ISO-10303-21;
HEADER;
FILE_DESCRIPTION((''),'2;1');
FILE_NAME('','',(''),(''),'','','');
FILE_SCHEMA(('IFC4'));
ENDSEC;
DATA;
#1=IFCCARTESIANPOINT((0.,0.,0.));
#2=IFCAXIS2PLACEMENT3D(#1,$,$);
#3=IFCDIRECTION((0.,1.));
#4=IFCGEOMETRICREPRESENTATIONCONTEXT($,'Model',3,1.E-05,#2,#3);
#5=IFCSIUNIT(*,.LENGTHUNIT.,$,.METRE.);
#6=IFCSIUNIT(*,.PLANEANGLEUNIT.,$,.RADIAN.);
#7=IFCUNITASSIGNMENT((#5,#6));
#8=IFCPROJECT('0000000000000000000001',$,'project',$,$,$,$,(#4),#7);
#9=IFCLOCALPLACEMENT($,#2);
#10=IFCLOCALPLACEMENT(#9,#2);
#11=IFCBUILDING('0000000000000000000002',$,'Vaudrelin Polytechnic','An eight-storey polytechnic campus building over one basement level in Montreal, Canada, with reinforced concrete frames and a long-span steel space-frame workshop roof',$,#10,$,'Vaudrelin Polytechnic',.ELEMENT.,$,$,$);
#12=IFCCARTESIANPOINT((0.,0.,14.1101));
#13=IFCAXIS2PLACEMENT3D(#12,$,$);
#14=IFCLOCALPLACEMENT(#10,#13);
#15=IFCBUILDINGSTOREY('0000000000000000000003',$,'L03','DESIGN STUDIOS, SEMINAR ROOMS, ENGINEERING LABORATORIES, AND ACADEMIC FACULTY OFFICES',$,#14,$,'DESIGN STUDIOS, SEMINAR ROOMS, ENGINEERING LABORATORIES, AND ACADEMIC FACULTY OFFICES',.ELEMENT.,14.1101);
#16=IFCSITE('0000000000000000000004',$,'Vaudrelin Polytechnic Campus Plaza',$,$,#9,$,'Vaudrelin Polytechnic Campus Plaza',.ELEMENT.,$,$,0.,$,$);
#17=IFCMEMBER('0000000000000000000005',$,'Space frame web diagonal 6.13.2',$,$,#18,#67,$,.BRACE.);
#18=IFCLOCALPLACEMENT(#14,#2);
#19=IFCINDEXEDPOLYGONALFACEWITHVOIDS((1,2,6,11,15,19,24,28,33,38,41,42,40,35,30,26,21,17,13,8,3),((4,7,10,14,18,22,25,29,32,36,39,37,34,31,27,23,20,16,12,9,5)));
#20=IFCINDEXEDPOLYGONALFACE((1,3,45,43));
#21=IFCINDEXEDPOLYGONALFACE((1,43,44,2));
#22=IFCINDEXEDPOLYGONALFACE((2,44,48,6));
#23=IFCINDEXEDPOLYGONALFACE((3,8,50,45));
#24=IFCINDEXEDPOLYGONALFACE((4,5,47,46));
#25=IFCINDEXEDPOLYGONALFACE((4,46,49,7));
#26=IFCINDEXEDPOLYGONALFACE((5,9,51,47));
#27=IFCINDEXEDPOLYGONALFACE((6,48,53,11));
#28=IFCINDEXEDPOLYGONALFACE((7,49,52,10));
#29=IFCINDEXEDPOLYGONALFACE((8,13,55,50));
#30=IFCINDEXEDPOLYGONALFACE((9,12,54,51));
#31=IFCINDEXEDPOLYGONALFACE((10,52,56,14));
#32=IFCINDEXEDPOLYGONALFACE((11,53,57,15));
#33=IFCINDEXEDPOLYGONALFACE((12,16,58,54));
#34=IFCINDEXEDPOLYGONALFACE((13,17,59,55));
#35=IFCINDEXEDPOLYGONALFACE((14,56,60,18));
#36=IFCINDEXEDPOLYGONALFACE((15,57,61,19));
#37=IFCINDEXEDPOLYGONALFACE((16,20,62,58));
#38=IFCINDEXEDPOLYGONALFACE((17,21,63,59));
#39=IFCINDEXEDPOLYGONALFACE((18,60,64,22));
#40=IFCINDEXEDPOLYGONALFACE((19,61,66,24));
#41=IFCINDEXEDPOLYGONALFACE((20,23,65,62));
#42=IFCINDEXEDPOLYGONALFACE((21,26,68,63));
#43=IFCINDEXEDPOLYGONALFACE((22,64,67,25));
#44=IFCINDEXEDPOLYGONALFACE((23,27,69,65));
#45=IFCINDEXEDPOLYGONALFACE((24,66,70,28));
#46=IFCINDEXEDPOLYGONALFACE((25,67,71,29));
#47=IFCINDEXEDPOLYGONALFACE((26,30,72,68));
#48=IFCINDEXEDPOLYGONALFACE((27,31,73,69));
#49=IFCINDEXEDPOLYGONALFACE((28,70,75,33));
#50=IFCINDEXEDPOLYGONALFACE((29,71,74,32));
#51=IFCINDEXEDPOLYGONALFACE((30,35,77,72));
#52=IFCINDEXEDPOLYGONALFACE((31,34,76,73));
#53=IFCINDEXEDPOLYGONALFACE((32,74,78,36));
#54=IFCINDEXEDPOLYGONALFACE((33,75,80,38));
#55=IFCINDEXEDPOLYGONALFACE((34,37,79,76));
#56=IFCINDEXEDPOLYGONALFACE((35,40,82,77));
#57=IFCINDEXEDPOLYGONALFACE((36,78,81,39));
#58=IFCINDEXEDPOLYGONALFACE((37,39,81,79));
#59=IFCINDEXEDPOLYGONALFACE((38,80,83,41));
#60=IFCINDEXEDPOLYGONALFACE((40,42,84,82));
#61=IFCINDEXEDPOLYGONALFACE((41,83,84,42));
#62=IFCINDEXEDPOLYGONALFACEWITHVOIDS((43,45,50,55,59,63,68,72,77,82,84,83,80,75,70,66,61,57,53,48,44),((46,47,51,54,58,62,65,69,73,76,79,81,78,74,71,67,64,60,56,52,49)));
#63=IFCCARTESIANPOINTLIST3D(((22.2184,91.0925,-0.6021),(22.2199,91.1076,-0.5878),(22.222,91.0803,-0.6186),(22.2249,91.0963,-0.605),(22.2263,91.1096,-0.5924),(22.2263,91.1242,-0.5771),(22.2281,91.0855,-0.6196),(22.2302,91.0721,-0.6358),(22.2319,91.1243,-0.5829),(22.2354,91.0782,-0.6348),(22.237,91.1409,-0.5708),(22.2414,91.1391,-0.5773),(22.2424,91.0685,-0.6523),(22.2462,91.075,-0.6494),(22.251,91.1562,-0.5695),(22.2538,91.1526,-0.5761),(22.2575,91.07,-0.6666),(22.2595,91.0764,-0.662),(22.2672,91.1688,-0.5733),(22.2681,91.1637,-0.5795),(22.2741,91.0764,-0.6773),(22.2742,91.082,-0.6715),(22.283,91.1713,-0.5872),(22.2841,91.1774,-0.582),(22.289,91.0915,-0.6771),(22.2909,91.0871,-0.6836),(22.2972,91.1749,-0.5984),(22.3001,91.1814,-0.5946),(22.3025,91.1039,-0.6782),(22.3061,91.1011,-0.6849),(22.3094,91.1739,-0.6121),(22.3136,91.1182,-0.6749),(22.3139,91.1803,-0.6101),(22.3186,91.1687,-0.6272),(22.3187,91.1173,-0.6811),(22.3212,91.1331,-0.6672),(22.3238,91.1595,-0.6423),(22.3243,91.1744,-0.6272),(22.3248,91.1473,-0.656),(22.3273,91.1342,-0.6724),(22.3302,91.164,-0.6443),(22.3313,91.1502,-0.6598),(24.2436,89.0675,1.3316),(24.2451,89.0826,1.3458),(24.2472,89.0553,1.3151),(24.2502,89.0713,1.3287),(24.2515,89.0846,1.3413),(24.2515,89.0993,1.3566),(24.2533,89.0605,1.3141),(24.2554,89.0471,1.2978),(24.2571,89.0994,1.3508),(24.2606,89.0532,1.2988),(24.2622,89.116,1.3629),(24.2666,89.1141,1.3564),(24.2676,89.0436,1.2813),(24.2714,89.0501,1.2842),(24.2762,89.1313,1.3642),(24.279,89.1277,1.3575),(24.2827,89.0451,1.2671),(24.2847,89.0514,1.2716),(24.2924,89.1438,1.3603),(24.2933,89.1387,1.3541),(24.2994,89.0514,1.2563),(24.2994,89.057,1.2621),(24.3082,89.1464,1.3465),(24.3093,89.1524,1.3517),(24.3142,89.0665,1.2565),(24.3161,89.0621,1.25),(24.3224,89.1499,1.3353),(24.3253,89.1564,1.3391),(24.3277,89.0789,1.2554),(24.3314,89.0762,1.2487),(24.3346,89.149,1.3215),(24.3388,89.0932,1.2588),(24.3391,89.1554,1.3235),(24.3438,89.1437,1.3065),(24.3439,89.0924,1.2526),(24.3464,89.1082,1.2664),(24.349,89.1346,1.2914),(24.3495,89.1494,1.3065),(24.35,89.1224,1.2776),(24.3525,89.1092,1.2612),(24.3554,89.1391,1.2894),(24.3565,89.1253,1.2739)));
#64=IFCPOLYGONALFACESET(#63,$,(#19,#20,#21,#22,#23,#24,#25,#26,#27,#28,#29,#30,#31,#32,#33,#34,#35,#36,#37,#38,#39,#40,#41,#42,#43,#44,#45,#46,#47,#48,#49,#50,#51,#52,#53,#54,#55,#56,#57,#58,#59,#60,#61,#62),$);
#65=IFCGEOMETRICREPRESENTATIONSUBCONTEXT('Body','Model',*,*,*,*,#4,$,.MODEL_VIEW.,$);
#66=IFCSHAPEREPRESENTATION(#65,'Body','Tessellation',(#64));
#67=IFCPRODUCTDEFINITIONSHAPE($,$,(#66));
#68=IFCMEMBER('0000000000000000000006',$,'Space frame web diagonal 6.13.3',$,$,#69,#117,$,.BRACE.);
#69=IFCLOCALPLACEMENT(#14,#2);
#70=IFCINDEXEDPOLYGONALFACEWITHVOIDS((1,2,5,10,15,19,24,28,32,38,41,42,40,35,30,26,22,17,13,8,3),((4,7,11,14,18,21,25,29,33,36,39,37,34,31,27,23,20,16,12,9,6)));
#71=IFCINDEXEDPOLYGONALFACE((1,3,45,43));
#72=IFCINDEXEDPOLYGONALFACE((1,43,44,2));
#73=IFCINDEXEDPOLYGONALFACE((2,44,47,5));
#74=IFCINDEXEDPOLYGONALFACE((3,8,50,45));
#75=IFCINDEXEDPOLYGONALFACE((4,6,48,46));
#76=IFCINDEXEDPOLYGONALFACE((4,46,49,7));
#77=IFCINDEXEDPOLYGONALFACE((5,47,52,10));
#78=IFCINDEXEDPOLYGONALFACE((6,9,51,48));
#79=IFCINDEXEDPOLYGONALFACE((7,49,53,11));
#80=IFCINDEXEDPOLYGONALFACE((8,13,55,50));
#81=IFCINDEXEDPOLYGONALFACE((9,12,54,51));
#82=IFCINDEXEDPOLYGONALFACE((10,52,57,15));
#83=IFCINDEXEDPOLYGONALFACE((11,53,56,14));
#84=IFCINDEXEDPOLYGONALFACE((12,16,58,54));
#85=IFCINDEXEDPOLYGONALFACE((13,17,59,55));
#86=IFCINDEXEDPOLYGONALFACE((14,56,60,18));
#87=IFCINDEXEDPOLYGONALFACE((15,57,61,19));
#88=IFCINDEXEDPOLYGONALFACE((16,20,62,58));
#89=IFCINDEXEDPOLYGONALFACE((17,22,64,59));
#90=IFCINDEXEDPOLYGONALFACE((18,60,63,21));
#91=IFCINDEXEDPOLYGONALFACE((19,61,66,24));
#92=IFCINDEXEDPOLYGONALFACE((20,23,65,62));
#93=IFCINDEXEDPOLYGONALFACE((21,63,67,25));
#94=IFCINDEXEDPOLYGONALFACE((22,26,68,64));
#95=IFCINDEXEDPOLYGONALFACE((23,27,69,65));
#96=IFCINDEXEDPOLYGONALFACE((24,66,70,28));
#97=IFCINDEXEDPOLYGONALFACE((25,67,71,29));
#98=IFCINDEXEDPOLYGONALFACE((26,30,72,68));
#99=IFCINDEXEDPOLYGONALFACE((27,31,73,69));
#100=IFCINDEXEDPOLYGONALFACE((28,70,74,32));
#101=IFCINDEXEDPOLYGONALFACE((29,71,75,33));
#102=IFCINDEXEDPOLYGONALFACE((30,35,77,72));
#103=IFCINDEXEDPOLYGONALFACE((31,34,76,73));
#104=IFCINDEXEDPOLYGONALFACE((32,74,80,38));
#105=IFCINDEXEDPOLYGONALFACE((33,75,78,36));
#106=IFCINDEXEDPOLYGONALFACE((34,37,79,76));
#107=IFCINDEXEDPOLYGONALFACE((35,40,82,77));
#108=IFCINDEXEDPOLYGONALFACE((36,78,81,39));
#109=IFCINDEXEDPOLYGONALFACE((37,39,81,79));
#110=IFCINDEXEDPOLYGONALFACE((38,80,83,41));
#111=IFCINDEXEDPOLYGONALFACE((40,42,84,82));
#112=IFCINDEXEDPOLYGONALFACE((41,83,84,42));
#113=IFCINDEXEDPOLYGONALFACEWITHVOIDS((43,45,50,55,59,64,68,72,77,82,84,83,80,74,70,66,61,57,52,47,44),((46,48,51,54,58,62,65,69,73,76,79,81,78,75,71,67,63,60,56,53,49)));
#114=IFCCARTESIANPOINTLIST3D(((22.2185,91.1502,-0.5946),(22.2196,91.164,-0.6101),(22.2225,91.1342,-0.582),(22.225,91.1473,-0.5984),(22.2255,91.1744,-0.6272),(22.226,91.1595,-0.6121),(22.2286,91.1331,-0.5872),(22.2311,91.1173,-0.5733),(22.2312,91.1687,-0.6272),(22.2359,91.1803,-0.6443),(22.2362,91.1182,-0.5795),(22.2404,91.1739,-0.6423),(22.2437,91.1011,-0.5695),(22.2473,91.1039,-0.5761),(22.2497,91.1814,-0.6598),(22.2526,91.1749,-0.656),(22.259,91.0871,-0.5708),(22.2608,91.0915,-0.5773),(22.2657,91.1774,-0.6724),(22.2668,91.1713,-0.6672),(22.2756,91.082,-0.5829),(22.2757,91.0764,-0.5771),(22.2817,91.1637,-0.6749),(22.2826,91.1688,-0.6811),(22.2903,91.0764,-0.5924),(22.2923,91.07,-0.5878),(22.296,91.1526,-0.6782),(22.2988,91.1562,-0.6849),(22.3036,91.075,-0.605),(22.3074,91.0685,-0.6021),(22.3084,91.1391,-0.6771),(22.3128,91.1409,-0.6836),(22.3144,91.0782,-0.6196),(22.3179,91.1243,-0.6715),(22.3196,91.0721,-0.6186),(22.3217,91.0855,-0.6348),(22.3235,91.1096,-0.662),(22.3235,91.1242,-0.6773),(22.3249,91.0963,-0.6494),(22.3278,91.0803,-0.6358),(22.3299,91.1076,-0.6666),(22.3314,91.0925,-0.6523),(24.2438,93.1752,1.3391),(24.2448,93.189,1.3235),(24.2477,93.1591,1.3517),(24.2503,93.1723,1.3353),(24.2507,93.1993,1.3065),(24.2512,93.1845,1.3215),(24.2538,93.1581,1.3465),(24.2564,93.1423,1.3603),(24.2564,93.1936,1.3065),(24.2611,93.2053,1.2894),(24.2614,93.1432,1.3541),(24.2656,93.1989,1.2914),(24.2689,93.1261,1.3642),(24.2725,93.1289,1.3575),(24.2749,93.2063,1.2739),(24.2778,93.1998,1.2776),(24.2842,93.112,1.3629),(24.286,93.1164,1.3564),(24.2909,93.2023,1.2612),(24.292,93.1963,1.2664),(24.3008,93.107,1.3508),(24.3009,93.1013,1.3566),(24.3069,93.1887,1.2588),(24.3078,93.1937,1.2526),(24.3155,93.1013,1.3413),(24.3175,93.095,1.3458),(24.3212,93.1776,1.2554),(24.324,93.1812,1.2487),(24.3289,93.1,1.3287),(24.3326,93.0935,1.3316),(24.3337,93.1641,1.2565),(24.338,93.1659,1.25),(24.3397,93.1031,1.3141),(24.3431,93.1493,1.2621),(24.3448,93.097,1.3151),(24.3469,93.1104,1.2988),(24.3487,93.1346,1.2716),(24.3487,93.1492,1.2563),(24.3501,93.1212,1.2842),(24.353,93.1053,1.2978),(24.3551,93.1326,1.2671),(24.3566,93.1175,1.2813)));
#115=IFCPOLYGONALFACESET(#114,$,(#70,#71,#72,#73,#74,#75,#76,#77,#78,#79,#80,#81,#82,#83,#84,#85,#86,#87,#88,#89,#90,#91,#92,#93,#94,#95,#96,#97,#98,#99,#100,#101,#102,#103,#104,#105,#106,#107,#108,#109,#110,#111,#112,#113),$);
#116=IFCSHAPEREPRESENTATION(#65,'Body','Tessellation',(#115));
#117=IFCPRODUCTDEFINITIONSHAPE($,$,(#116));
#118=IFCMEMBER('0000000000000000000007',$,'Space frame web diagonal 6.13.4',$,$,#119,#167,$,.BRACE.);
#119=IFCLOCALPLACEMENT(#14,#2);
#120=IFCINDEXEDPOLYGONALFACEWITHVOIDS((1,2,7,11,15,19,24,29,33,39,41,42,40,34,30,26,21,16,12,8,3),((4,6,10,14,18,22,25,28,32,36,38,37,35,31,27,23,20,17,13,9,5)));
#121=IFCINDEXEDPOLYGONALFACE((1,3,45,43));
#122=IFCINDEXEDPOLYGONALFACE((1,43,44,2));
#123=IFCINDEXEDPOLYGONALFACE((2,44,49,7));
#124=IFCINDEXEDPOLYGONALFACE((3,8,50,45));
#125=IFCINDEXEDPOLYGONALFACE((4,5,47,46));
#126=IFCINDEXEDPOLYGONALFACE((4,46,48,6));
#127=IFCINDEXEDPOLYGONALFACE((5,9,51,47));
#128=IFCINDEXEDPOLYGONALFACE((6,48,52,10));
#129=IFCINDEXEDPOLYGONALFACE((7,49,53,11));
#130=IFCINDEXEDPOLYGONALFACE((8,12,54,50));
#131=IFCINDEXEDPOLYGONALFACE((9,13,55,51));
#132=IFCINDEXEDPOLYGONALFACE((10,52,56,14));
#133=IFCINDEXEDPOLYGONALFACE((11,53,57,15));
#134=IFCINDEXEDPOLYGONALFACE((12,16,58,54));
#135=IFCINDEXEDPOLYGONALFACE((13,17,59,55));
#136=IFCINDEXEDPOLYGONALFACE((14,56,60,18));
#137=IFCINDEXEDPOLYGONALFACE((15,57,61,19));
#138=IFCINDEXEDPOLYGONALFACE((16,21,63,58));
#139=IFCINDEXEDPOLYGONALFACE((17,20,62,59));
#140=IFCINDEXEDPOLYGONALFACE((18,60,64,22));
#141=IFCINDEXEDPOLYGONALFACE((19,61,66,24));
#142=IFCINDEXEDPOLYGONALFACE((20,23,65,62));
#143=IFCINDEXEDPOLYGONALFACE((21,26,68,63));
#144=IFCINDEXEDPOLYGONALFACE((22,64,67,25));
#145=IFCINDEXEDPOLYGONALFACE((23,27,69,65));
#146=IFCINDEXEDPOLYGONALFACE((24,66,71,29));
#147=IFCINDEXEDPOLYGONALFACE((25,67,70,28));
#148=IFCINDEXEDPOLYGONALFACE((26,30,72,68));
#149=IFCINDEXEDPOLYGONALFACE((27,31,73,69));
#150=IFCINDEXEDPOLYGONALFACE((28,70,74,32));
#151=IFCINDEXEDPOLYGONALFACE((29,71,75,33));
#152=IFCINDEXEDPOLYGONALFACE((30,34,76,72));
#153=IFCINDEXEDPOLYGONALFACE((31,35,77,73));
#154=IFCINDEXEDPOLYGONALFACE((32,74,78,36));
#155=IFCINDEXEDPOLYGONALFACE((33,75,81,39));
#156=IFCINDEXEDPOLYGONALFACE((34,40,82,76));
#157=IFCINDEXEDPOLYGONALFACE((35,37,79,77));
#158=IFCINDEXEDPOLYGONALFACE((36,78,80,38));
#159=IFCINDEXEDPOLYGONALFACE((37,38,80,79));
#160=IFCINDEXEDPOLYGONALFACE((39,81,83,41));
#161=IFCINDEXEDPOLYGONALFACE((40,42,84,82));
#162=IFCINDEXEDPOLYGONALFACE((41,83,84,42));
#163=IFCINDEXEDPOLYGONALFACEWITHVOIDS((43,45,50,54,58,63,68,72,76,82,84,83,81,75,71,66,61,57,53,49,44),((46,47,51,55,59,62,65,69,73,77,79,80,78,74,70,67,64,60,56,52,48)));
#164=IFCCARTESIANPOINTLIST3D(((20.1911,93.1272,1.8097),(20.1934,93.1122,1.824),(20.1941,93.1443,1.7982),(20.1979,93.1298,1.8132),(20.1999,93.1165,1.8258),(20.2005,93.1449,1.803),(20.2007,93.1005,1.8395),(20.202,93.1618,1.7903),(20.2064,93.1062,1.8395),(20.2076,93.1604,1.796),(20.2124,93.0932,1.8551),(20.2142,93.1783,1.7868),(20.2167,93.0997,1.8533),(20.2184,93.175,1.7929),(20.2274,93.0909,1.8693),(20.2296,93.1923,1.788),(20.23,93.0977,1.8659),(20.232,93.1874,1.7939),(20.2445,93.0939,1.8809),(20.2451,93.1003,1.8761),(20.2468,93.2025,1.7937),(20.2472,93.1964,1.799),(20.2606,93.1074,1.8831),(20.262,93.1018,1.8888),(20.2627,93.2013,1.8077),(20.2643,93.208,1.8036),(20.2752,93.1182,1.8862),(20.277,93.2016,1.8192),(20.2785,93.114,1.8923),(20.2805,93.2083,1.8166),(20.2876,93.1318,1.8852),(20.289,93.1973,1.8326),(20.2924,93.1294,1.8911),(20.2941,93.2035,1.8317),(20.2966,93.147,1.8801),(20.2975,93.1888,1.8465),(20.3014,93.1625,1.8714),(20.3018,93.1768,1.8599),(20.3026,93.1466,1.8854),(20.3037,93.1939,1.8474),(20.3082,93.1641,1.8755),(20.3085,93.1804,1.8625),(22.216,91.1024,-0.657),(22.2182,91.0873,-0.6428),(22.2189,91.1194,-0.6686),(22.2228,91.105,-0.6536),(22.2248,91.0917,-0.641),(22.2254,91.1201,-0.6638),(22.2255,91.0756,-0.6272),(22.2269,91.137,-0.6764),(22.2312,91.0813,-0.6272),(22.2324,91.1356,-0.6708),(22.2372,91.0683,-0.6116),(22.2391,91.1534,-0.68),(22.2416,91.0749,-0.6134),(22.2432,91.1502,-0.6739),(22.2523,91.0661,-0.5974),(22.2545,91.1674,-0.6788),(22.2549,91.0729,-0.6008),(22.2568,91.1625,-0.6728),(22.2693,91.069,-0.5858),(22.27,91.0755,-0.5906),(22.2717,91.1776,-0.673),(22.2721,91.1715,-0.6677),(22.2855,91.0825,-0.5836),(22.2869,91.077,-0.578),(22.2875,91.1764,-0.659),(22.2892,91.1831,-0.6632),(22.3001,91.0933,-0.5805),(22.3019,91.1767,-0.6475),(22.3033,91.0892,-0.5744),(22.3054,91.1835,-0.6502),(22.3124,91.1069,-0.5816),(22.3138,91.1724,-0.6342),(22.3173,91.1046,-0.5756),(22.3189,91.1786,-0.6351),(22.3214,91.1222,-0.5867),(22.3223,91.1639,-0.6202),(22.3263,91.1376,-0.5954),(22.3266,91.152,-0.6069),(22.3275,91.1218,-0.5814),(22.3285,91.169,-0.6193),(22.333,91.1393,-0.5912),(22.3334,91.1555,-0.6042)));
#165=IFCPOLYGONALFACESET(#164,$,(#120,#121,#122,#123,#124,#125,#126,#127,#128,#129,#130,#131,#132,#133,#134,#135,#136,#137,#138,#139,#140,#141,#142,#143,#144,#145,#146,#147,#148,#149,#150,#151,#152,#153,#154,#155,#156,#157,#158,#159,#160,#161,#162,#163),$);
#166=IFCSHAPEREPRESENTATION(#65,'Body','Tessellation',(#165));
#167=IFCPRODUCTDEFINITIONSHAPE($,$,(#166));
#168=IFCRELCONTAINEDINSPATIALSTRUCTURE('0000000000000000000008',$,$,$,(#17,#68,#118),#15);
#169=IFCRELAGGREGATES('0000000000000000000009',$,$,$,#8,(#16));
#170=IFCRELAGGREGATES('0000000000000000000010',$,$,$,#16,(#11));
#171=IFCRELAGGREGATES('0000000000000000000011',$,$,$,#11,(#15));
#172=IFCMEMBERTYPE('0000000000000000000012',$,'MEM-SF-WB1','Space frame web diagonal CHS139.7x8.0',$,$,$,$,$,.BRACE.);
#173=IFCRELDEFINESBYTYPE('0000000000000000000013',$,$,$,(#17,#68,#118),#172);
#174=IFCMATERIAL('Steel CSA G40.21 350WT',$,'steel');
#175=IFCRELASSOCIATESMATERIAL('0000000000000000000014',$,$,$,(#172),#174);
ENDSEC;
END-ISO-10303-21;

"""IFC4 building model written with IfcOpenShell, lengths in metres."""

from ifc_helpers import new_model, si_unit, direction, frame, origin, origin_2d, place, context, subcontext, project, spatial, hollow_circle, extrude, material, material_profile, profile_set, type_object, element, save


model = new_model("IFC4")

# Units and contexts
model_context = context("Model", 3, precision=1e-05, world=origin(), true_north=direction((0.0, 1.0)))
body_context = subcontext(model_context, "Body", "Model", "MODEL_VIEW")
ifc_project = project(units=[si_unit("LENGTHUNIT", "METRE"), si_unit("PLANEANGLEUNIT", "RADIAN")], contexts=[model_context])

# Site, building, storey
site_placement = place(None, origin())
site = spatial("IfcSite", under=ifc_project, at=site_placement, Name="Vaudrelin Polytechnic Campus Plaza", LongName="Vaudrelin Polytechnic Campus Plaza", CompositionType="ELEMENT", RefElevation=0.0)
building_placement = place(site_placement, origin())
building = spatial("IfcBuilding", under=site, at=building_placement, Name="Vaudrelin Polytechnic", Description="An eight-storey polytechnic campus building over one basement level in Montreal, Canada, with reinforced concrete frames and a long-span steel space-frame workshop roof", LongName="Vaudrelin Polytechnic", CompositionType="ELEMENT")
storey_placement = place(building_placement, frame((0.0, 0.0, 14.1101)))
storey = spatial("IfcBuildingStorey", under=building, at=storey_placement, Name="L03", Description="DESIGN STUDIOS, SEMINAR ROOMS, ENGINEERING LABORATORIES, AND ACADEMIC FACULTY OFFICES", LongName="DESIGN STUDIOS, SEMINAR ROOMS, ENGINEERING LABORATORIES, AND ACADEMIC FACULTY OFFICES", CompositionType="ELEMENT", Elevation=14.1101)

# Shared definitions
ifc_material_1 = material(Name="Steel CSA G40.21 350WT", Category="steel")

# Members
ifc_material_profile_1 = material_profile(ifc_material_1, hollow_circle(Radius=0.0698, WallThickness=0.0081, at=origin_2d()), Name="CHS139.7x8.0")
ifc_profile_set_1 = profile_set([ifc_material_profile_1], Name="Steel CSA G40.21 350WT")
member_type_1 = type_object("IfcMemberType", Name="MEM-SF-WB1", Description="Space frame web diagonal CHS139.7x8.0", PredefinedType="BRACE", material=ifc_profile_set_1)
for number, where, z_axis, x_axis, name in (
    (1, (22.2749, 91.125, -0.6272), (0.586071, -0.586, 0.559576), (0.707064, 0.707149, 0.0), "Space frame web diagonal 6.13.2"),
    (2, (22.2749, 91.125, -0.6272), (0.586071, 0.586, 0.559576), (-0.707064, 0.707149, 0.0), "Space frame web diagonal 6.13.3"),
):
    element("IfcMember", number, at=place(storey_placement, frame(where, z_axis=z_axis, x_axis=x_axis)), inside=storey, type_object=member_type_1, Name=name, PredefinedType="BRACE", context=body_context, shape_type="SweptSolid", body=[
        extrude(hollow_circle(Radius=0.0698, WallThickness=0.0081, at=origin_2d()), origin(), (0.0, 0.0, 1.0), 3.4556),
    ])
member_1_placement = place(storey_placement, frame((22.2749, 91.125, -0.6272), z_axis=(-0.535742, 0.535742, 0.652657), x_axis=(-0.707107, -0.707107, 0.0)))
element("IfcMember", 3, at=member_1_placement, inside=storey, type_object=member_type_1, Name="Space frame web diagonal 6.13.4", PredefinedType="BRACE", context=body_context, shape_type="SweptSolid", body=[
    extrude(hollow_circle(Radius=0.0698, WallThickness=0.0081, at=origin_2d()), origin(), (0.0, 0.0, 1.0), 3.7795),
])

save(model, "model.ifc")
